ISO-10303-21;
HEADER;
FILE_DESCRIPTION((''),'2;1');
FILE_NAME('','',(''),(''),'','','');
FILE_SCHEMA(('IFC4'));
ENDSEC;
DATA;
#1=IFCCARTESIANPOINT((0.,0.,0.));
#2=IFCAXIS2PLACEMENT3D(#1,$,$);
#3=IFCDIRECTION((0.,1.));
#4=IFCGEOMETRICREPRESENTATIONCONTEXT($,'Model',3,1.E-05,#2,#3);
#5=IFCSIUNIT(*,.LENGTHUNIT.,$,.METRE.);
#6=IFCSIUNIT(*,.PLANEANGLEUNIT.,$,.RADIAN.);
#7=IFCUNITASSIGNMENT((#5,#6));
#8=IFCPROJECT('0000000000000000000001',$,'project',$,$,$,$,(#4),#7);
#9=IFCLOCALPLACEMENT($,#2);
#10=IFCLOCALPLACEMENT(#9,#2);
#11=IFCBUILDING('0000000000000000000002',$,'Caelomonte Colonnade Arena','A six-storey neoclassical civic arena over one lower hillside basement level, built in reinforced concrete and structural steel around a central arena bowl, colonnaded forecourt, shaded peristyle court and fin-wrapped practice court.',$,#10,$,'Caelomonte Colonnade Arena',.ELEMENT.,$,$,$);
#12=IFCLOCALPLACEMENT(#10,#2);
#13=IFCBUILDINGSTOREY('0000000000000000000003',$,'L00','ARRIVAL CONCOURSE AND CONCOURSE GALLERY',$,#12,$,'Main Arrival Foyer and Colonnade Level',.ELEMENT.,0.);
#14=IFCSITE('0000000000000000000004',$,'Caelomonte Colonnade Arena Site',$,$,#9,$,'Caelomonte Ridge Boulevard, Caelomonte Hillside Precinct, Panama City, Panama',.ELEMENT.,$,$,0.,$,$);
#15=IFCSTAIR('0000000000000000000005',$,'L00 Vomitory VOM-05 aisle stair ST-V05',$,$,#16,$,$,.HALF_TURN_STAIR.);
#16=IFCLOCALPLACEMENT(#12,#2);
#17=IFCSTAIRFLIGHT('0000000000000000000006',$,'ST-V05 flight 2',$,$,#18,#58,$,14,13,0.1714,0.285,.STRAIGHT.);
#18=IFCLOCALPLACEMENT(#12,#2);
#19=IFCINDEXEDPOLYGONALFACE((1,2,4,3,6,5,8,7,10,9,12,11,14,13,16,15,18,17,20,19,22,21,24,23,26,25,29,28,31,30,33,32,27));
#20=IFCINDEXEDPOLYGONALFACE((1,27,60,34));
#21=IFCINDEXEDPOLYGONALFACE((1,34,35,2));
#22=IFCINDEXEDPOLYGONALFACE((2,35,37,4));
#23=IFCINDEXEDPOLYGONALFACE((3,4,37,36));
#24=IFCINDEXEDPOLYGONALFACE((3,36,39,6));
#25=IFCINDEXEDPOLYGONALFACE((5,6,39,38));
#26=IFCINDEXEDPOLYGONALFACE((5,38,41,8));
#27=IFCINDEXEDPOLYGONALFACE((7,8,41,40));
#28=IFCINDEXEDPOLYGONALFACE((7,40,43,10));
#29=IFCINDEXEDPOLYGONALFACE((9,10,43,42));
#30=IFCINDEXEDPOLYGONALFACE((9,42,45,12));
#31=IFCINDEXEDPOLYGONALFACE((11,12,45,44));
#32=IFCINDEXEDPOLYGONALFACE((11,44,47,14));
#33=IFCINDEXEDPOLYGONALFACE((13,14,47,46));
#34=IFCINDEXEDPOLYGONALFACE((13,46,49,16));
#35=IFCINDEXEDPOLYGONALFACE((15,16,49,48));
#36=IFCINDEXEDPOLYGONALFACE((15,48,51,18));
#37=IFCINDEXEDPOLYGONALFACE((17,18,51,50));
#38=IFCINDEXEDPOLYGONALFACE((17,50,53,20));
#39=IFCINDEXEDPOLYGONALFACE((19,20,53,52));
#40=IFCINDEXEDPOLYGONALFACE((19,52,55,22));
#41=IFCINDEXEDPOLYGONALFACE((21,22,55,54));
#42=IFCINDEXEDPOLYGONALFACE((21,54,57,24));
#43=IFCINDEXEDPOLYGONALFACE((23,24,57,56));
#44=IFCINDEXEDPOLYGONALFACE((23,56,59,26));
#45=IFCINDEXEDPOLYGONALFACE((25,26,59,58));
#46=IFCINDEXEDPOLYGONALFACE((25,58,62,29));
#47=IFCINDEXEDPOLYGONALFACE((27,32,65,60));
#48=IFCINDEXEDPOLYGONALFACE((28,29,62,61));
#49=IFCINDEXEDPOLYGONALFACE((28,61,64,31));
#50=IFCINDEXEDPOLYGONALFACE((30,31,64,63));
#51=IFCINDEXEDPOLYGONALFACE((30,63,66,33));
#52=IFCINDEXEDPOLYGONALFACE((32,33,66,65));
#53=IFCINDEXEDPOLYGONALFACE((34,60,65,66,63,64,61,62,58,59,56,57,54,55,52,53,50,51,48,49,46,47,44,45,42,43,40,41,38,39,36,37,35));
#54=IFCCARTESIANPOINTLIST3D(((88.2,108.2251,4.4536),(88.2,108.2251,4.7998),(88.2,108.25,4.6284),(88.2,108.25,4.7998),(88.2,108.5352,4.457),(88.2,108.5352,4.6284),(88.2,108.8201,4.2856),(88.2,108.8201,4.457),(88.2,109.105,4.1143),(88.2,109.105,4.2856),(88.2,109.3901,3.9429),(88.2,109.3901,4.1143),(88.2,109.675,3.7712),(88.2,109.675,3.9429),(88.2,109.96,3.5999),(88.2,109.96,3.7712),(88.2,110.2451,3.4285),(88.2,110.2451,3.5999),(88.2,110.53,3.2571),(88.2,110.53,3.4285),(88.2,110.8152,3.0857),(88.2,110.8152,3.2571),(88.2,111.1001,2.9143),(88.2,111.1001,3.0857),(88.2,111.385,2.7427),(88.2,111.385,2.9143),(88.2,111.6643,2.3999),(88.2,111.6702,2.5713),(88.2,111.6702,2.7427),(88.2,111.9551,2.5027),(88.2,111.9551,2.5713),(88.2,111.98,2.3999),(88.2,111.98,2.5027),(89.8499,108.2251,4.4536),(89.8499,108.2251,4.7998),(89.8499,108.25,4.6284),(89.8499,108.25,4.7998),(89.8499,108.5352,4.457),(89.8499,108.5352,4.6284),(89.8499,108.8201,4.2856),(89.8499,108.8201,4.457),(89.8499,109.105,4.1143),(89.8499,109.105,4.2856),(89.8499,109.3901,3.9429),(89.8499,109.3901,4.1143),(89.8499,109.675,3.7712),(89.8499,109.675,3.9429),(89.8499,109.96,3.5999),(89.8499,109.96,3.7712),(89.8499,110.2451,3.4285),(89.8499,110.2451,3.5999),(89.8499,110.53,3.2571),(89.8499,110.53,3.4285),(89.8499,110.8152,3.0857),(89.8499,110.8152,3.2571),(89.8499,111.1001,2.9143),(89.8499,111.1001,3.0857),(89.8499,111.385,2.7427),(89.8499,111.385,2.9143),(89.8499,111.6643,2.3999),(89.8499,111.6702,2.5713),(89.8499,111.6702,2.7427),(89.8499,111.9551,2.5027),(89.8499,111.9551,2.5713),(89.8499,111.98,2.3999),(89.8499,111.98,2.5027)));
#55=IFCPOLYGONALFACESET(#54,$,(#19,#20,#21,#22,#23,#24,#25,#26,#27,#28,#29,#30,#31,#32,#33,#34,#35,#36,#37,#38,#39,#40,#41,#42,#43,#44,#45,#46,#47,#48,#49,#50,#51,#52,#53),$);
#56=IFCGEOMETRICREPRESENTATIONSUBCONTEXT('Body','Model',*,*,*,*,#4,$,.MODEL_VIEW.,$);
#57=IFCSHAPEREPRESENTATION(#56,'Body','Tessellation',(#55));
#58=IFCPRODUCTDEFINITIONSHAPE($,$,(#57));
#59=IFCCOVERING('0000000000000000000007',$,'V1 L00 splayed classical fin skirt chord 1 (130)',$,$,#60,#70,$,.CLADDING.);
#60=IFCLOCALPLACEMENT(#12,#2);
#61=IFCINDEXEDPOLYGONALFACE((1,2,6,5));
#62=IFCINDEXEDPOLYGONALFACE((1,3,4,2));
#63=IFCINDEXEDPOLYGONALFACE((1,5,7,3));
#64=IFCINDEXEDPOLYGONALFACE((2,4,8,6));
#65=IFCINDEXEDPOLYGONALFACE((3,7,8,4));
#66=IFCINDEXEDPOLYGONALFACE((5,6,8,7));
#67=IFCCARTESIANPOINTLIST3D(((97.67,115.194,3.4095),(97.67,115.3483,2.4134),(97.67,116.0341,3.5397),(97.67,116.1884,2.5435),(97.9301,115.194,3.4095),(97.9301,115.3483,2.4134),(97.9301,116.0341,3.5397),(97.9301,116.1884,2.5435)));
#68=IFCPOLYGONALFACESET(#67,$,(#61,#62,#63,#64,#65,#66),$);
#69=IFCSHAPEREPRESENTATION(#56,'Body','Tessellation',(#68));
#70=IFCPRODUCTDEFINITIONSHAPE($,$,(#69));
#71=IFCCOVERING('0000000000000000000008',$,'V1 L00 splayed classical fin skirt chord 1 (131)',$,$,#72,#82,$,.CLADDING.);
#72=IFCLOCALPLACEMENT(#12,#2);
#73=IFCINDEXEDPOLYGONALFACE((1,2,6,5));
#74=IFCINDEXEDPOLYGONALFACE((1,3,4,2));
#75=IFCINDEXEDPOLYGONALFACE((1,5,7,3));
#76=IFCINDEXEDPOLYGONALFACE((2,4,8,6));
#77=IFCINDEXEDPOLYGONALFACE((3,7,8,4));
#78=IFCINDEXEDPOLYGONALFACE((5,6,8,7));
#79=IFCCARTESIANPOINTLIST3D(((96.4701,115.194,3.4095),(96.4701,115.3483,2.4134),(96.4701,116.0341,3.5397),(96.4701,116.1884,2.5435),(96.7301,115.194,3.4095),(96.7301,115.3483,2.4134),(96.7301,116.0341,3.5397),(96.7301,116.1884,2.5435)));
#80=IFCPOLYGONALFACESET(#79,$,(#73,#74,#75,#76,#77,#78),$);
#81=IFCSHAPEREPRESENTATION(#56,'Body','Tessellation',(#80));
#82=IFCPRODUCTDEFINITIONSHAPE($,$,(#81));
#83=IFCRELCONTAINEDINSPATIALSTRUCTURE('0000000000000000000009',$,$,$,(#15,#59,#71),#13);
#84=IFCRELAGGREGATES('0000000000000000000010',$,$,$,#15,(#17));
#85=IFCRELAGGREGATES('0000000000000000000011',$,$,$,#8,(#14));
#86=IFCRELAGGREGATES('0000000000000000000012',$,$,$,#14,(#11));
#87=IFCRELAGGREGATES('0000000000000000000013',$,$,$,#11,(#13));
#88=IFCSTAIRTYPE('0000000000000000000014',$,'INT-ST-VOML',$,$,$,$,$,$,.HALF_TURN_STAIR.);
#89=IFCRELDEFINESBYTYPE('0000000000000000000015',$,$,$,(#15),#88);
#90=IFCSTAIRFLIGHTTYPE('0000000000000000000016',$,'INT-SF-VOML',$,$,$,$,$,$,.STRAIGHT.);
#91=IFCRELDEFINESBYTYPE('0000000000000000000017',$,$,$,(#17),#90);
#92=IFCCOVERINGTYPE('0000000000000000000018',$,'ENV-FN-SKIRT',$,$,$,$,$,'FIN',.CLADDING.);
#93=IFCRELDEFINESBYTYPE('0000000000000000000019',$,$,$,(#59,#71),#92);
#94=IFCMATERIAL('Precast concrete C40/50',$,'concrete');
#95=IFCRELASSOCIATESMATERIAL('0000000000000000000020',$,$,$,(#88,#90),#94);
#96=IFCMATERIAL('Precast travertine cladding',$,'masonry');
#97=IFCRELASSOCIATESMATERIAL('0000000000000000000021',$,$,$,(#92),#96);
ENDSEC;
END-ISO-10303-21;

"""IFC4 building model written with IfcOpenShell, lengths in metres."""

from ifc_helpers import new_model, si_unit, direction, frame, origin, origin_2d, place, context, subcontext, project, spatial, polyline, rectangle, outline, extrude, material, material_profile, profile_set, type_object, element, aggregate, save


model = new_model("IFC4")

# Units and contexts
model_context = context("Model", 3, precision=1e-05, world=origin(), true_north=direction((0.0, 1.0)))
body_context = subcontext(model_context, "Body", "Model", "MODEL_VIEW")
ifc_project = project(units=[si_unit("LENGTHUNIT", "METRE"), si_unit("PLANEANGLEUNIT", "RADIAN")], contexts=[model_context])

# Site, building, storey
site_placement = place(None, origin())
site = spatial("IfcSite", under=ifc_project, at=site_placement, Name="Caelomonte Colonnade Arena Site", LongName="Caelomonte Ridge Boulevard, Caelomonte Hillside Precinct, Panama City, Panama", CompositionType="ELEMENT", RefElevation=0.0)
building_placement = place(site_placement, origin())
building = spatial("IfcBuilding", under=site, at=building_placement, Name="Caelomonte Colonnade Arena", Description="A six-storey neoclassical civic arena over one lower hillside basement level, built in reinforced concrete and structural steel around a central arena bowl, colonnaded forecourt, shaded peristyle court and fin-wrapped practice court.", LongName="Caelomonte Colonnade Arena", CompositionType="ELEMENT")
storey_placement = place(building_placement, origin())
storey = spatial("IfcBuildingStorey", under=building, at=storey_placement, Name="L00", Description="ARRIVAL CONCOURSE AND CONCOURSE GALLERY", LongName="Main Arrival Foyer and Colonnade Level", CompositionType="ELEMENT", Elevation=0.0)

# Shared definitions
ifc_material_1 = material(Name="Precast concrete C40/50", Category="concrete")

# Stair, stair flight
stair_type = type_object("IfcStairType", Name="INT-ST-VOML", PredefinedType="HALF_TURN_STAIR", material=ifc_material_1)
stair_placement = place(storey_placement, origin())
stair = element("IfcStair", 1, at=stair_placement, inside=storey, type_object=stair_type, Name="L00 Vomitory VOM-05 aisle stair ST-V05", PredefinedType="HALF_TURN_STAIR")
stair_flight_type = type_object("IfcStairFlightType", Name="INT-SF-VOML", PredefinedType="STRAIGHT", material=ifc_material_1)
stair_flight_1_placement = place(storey_placement, frame((89.0249, 111.9551, 2.3999), z_axis=(0.0, 0.0, 1.0), x_axis=(0.0, -1.0, 0.0)))
stair_flight_1 = element("IfcStairFlight", 2, at=stair_flight_1_placement, type_object=stair_flight_type, Name="ST-V05 flight 2", NumberOfRisers=14, NumberOfTreads=13, PredefinedType="STRAIGHT", RiserHeight=0.1714, TreadLength=0.285, context=body_context, shape_type="SweptSolid", body=[
    extrude(outline(polyline([(-0.0249, 0.0), (-0.0249, 0.1028), (0.0, 0.1028), (0.0, 0.1714), (0.2849, 0.1714), (0.2849, 0.3428), (0.5701, 0.3428), (0.5701, 0.5144), (0.855, 0.5144), (0.855, 0.6858), (1.1399, 0.6858), (1.1399, 0.8572), (1.425, 0.8572), (1.425, 1.0286), (1.71, 1.0286), (1.71, 1.2), (1.9951, 1.2), (1.9951, 1.3713), (2.28, 1.3713), (2.28, 1.543), (2.5649, 1.543), (2.5649, 1.7144), (2.8501, 1.7144), (2.8501, 1.8857), (3.135, 1.8857), (3.135, 2.0571), (3.4199, 2.0571), (3.4199, 2.2285), (3.7051, 2.2285), (3.7051, 2.3999), (3.73, 2.3999), (3.73, 2.0537), (0.2908, 0.0), (-0.0249, 0.0)])), frame((0.0, 0.825, 0.0), z_axis=(0.0, -1.0, 0.0), x_axis=(1.0, 0.0, 0.0)), (0.0, 0.0, 1.0), 1.6499),
])
aggregate(stair, [stair_flight_1])

# Coverings
ifc_material_2 = material(Name="Precast travertine cladding", Category="masonry")
ifc_material_profile_1 = material_profile(ifc_material_2, rectangle(XDim=0.26, YDim=0.8501, at=origin_2d()), Name="FIN260X850")
ifc_profile_set_1 = profile_set([ifc_material_profile_1], Name="Precast travertine cladding")
covering_type = type_object("IfcCoveringType", Name="ENV-FN-SKIRT", ElementType="FIN", PredefinedType="CLADDING", material=ifc_profile_set_1)
for number, where, z_axis, x_axis, name in (
    (3, (97.8, 115.614, 3.4746), (0.0, 0.153076, -0.988214), (-1.0, 0.0, 0.0), "V1 L00 splayed classical fin skirt chord 1 (130)"),
    (4, (96.6001, 115.614, 3.4746), (0.0, 0.153076, -0.988214), (-1.0, 0.0, 0.0), "V1 L00 splayed classical fin skirt chord 1 (131)"),
):
    element("IfcCovering", number, at=place(storey_placement, frame(where, z_axis=z_axis, x_axis=x_axis)), inside=storey, type_object=covering_type, Name=name, PredefinedType="CLADDING", context=body_context, shape_type="SweptSolid", body=[
        extrude(rectangle(XDim=0.26, YDim=0.8501, at=origin_2d()), origin(), (0.0, 0.0, 1.0), 1.0081),
    ])

save(model, "model.ifc")
